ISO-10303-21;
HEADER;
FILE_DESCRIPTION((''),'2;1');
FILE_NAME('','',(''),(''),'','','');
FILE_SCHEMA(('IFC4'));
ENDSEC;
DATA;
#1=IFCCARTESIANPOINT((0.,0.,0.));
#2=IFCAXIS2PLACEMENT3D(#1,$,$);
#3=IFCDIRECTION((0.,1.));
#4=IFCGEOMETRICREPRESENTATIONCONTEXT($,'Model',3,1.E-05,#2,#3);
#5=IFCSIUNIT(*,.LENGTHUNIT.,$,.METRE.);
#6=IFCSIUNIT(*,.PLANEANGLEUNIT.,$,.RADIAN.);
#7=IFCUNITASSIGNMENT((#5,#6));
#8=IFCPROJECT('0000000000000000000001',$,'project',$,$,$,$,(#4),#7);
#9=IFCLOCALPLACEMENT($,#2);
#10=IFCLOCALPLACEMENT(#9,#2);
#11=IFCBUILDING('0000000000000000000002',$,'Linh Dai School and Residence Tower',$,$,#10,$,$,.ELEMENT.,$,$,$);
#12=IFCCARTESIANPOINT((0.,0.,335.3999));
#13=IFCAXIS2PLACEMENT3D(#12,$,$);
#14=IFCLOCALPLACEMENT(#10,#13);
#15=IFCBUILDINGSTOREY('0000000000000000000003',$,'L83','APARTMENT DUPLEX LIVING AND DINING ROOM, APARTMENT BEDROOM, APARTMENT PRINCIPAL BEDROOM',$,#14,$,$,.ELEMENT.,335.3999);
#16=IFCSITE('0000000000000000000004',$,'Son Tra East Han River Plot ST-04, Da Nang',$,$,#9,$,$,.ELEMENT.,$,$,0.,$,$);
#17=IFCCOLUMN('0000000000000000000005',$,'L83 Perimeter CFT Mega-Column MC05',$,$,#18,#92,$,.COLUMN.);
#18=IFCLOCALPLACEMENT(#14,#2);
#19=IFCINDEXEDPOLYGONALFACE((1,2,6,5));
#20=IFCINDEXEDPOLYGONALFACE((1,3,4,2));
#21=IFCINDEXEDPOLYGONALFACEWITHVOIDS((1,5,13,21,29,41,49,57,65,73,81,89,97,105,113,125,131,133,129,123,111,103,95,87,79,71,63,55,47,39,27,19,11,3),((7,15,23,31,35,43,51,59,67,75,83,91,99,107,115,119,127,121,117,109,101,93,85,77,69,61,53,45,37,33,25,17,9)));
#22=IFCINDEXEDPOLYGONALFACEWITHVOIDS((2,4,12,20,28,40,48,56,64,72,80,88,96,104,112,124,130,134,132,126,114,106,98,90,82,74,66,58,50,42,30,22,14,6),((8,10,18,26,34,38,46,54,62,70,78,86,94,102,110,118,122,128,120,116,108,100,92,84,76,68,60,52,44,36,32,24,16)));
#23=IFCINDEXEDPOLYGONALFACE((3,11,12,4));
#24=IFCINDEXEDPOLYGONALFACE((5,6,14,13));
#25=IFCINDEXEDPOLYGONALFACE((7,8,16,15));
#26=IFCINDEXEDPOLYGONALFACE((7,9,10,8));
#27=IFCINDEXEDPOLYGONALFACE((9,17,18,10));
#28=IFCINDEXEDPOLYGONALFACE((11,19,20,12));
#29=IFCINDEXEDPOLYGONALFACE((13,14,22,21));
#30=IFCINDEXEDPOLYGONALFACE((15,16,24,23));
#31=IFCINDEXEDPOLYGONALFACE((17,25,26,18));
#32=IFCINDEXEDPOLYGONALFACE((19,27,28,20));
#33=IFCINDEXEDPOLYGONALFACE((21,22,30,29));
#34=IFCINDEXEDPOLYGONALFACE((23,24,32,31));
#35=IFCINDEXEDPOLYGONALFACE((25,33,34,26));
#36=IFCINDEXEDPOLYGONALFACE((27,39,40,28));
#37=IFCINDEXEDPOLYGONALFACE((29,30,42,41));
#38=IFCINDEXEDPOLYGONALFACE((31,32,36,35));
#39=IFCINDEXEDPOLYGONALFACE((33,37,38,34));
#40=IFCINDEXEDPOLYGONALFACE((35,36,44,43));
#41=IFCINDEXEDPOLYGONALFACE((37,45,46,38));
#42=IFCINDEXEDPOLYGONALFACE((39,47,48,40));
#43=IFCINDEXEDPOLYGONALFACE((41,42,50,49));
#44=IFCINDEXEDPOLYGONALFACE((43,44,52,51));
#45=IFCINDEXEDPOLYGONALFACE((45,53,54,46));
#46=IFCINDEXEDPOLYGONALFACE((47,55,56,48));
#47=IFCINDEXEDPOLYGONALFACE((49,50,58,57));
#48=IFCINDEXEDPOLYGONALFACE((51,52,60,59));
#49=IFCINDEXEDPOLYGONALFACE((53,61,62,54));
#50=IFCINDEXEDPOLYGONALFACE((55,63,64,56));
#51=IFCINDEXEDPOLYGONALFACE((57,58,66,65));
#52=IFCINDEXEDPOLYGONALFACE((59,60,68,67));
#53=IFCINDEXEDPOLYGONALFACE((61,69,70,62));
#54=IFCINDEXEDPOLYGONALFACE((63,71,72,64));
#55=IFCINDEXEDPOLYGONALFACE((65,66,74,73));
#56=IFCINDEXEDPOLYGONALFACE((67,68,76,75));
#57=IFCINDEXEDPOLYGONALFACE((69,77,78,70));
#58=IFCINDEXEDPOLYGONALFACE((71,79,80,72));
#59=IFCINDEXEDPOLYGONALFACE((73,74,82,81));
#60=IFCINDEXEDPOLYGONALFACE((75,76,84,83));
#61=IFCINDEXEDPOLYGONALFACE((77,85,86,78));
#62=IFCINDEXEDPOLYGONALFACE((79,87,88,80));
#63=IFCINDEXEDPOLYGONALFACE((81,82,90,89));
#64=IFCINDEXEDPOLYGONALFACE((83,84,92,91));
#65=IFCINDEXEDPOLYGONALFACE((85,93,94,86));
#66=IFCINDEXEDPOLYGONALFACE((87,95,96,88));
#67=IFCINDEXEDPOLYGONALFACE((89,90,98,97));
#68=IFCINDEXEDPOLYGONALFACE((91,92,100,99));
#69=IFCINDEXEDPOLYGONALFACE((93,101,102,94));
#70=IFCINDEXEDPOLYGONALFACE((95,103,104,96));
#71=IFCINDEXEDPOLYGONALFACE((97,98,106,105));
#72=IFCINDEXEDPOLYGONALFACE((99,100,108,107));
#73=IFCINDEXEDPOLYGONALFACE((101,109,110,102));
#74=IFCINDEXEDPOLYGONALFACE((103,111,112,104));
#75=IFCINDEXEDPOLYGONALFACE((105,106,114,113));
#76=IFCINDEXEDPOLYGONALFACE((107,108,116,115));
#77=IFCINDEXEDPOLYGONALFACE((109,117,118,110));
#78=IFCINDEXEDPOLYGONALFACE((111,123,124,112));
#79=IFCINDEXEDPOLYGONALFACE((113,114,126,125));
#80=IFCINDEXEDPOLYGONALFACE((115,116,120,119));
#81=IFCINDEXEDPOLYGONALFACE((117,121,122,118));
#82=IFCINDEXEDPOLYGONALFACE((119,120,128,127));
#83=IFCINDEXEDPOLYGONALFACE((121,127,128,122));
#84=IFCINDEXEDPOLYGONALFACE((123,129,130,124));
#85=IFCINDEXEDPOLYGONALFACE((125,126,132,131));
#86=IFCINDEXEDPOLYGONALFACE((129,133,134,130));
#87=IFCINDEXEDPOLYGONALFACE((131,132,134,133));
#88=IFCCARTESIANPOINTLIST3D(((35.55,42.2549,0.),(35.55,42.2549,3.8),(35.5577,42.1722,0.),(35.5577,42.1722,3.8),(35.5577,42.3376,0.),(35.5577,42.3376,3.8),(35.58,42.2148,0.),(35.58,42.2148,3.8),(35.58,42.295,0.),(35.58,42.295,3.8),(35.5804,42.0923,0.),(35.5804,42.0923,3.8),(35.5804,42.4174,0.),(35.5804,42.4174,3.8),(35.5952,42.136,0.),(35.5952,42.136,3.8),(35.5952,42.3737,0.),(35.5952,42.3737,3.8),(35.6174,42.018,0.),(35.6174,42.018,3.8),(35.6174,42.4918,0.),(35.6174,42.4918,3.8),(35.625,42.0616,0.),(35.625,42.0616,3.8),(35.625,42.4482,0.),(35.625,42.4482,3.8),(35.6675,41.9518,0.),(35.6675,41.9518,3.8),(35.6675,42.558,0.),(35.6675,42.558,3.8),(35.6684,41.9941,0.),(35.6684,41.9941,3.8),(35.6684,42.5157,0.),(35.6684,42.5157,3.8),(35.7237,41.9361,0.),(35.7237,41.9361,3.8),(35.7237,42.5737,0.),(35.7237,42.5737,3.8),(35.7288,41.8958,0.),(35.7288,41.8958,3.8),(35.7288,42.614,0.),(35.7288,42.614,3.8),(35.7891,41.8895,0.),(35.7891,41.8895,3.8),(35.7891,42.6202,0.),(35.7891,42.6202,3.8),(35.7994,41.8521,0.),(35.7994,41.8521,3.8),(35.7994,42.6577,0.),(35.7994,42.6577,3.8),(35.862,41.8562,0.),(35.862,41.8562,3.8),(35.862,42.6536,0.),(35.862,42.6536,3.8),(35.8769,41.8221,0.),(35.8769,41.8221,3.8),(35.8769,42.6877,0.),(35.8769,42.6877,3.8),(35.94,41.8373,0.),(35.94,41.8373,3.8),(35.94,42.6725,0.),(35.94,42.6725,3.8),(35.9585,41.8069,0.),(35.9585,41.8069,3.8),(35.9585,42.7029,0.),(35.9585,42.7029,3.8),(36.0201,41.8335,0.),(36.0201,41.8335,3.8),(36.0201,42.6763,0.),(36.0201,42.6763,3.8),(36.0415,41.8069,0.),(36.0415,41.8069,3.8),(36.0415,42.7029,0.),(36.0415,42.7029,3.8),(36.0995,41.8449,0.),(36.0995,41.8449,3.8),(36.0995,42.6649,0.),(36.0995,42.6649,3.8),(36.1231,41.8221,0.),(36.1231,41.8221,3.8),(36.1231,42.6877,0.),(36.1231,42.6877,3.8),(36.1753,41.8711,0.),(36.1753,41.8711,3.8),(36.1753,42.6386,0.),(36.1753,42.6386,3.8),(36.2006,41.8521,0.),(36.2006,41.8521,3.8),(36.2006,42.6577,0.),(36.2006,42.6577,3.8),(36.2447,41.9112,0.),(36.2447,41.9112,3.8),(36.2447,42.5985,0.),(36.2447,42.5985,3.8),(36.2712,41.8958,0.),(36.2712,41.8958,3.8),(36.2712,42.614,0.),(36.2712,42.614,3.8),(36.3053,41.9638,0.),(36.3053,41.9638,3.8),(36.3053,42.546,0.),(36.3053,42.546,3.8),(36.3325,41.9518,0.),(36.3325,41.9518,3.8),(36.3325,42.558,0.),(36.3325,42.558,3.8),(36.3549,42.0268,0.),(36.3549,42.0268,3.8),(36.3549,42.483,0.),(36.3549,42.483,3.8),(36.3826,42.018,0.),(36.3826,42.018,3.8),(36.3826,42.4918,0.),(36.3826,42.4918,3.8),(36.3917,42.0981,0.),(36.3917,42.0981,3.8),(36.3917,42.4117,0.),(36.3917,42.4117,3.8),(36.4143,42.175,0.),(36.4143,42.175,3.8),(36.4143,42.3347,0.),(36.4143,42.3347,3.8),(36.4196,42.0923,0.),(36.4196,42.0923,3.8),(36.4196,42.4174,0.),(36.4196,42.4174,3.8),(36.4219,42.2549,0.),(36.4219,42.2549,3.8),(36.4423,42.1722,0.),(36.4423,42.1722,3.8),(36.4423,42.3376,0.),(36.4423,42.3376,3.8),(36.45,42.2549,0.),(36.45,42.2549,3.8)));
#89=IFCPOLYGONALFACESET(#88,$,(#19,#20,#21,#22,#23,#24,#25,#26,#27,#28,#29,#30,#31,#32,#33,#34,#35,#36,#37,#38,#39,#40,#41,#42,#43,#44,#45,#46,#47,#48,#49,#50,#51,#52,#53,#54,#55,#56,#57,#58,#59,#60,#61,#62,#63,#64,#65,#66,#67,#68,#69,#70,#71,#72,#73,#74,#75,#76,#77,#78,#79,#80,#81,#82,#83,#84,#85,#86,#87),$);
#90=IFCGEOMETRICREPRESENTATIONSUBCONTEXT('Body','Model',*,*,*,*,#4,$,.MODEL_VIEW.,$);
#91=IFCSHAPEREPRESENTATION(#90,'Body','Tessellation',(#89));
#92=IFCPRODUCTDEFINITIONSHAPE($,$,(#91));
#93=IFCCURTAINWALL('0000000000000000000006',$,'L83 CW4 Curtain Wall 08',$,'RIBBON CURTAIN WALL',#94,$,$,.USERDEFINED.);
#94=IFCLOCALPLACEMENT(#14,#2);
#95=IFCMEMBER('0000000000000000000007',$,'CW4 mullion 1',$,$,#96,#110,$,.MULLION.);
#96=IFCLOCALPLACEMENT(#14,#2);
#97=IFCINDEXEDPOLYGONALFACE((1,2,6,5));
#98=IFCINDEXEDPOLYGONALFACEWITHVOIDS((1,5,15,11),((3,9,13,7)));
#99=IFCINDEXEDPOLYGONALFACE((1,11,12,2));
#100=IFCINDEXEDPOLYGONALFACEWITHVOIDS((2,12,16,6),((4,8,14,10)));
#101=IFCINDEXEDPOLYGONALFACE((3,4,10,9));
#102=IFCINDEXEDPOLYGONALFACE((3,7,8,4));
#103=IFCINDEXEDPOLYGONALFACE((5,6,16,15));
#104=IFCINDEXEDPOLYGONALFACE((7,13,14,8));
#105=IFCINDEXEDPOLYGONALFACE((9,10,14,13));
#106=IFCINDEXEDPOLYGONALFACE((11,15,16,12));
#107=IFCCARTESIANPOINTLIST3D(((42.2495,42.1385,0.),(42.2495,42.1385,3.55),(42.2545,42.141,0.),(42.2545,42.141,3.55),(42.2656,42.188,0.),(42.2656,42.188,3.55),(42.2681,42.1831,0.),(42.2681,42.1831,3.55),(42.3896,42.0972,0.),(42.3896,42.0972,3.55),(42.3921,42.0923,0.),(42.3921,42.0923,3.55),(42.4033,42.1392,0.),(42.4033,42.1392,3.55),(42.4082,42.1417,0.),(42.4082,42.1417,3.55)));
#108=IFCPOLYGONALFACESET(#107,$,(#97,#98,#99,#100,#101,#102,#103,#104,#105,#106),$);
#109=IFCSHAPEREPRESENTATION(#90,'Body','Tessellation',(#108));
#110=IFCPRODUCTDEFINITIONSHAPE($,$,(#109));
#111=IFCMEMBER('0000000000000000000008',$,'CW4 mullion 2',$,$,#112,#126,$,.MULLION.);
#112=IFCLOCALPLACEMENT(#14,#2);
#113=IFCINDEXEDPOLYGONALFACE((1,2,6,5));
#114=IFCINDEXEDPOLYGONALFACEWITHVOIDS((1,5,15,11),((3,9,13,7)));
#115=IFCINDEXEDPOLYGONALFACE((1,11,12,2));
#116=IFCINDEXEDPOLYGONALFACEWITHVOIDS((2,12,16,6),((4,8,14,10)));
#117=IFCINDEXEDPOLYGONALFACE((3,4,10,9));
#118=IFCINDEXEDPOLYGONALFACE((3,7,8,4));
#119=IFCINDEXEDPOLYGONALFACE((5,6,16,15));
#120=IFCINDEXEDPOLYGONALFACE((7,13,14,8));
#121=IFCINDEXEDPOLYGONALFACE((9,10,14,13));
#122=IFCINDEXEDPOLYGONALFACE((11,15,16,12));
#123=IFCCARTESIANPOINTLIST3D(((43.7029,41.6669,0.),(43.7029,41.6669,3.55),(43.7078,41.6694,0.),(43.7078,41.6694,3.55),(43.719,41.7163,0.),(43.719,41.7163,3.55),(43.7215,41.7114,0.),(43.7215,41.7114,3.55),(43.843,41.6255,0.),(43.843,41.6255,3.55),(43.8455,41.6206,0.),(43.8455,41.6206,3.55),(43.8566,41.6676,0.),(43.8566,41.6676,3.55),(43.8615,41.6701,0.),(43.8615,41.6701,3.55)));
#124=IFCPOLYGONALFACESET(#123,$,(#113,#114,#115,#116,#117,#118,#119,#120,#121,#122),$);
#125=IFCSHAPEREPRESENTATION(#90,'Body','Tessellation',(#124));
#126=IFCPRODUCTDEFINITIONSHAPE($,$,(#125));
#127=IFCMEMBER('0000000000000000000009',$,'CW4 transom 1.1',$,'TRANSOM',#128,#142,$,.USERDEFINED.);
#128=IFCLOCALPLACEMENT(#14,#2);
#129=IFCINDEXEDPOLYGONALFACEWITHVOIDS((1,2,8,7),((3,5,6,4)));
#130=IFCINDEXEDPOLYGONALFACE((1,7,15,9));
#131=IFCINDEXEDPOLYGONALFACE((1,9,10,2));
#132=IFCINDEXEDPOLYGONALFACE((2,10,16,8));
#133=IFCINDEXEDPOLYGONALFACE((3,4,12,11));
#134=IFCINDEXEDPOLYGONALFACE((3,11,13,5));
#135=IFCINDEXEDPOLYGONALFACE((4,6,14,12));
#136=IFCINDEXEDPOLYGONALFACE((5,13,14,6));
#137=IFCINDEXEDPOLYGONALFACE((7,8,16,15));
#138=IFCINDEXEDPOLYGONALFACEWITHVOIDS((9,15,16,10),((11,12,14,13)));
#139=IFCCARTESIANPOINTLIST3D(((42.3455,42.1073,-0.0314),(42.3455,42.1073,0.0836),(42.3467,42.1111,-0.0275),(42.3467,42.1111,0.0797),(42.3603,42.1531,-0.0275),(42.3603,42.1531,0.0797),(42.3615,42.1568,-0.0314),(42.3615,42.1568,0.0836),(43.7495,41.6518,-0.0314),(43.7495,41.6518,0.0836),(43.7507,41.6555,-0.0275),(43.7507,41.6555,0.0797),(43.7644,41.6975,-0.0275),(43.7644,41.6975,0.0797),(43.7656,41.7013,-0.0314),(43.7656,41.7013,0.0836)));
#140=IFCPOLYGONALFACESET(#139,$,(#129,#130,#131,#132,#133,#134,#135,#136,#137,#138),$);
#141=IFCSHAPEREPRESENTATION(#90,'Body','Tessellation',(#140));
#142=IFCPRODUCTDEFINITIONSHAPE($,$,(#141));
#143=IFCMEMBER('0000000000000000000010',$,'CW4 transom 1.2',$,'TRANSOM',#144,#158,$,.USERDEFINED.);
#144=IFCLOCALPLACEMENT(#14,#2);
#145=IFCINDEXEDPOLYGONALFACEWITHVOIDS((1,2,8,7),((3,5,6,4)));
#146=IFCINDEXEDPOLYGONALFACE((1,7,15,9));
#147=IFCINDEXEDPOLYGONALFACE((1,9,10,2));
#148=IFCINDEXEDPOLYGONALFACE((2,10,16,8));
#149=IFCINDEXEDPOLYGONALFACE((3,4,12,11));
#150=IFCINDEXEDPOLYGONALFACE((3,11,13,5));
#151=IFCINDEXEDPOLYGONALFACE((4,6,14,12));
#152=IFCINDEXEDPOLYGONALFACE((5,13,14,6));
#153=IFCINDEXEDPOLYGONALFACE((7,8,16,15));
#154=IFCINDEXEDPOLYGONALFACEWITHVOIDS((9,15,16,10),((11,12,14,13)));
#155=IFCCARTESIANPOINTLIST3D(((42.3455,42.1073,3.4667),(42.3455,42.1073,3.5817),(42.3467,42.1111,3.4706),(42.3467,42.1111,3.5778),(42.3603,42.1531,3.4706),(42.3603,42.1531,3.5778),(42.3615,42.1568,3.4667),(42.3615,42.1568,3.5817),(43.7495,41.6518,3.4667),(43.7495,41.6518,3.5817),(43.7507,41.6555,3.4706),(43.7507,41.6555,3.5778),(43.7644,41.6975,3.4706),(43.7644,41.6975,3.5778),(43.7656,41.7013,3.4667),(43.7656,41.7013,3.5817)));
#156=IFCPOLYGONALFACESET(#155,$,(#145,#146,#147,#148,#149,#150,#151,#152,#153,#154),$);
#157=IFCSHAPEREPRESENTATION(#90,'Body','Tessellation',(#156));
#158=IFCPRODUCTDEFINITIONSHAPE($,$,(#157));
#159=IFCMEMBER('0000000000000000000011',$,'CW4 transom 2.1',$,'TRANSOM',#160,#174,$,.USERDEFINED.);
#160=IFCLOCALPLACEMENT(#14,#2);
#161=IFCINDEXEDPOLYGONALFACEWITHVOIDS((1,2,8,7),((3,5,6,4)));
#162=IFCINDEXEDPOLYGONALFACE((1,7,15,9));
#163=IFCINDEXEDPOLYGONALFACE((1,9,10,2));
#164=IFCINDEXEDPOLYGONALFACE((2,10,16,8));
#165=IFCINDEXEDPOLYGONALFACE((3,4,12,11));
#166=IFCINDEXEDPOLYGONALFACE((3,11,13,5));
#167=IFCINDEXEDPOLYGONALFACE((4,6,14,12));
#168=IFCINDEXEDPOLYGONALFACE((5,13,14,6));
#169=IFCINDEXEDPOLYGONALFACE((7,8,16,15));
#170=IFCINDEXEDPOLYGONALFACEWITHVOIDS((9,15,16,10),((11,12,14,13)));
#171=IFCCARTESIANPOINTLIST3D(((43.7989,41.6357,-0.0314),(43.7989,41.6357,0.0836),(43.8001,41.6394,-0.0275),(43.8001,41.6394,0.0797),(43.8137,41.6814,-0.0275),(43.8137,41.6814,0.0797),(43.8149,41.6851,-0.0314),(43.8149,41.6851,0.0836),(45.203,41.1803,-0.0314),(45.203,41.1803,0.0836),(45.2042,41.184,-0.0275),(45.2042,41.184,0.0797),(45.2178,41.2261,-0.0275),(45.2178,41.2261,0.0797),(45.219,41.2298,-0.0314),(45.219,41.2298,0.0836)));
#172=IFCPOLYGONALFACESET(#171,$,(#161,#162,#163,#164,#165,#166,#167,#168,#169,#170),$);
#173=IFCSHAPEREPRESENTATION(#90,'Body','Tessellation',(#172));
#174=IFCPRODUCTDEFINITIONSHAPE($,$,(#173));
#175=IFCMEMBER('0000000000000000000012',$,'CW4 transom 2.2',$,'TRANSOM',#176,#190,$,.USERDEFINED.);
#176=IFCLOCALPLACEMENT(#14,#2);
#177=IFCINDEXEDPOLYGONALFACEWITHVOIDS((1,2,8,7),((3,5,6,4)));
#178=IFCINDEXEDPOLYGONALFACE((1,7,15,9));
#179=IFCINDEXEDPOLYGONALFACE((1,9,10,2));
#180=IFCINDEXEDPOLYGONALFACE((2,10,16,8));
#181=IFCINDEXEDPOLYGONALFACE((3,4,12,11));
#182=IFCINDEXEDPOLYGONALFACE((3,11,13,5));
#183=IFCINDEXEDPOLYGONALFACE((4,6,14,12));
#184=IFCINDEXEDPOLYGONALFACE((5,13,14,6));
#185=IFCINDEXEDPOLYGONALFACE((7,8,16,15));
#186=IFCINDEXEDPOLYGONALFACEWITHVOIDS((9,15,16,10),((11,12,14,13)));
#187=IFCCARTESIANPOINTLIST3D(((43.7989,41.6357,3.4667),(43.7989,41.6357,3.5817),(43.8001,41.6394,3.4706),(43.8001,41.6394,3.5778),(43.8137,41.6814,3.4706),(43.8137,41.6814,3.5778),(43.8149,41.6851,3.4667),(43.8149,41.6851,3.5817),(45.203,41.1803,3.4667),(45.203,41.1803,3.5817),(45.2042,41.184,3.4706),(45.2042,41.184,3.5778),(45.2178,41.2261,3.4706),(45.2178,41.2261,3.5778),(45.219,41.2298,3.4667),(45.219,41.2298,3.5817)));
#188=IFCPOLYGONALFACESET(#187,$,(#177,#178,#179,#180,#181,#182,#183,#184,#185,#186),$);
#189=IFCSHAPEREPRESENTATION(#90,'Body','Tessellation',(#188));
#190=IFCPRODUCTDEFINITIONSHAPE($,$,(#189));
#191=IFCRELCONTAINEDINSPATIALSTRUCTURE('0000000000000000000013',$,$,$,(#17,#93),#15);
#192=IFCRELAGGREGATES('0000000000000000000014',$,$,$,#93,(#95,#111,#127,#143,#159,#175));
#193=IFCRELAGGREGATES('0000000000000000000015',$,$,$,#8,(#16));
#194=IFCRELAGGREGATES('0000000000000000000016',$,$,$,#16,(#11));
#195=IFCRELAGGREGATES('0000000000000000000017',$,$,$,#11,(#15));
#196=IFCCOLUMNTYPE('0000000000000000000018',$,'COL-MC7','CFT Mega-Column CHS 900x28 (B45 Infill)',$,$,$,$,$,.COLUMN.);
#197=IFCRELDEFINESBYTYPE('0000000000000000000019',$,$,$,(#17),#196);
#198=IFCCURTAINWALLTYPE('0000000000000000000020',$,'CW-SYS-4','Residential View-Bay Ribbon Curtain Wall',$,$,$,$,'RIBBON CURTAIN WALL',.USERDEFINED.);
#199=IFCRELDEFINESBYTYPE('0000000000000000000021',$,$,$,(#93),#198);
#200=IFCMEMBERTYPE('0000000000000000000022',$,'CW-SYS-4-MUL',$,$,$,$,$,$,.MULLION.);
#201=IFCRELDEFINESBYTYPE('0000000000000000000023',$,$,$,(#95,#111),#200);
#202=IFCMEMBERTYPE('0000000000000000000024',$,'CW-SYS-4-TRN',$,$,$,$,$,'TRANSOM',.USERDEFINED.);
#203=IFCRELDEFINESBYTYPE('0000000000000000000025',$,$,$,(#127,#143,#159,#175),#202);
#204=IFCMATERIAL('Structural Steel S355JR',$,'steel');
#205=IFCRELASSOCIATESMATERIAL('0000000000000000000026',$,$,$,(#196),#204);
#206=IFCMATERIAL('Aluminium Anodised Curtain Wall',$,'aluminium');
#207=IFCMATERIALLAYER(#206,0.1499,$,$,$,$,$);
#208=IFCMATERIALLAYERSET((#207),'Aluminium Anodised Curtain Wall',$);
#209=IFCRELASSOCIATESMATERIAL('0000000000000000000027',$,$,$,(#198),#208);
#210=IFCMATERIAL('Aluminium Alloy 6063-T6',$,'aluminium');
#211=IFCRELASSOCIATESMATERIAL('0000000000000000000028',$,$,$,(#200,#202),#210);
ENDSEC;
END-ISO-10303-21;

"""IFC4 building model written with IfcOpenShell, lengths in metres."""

from ifc_helpers import new_model, si_unit, direction, frame, origin, origin_2d, place, context, subcontext, project, spatial, hollow_rectangle, hollow_circle, extrude, source, transform, mapped, material, layer, layer_set, material_profile, profile_set, type_object, element, aggregate, save


model = new_model("IFC4")

# Units and contexts
model_context = context("Model", 3, precision=1e-05, world=origin(), true_north=direction((0.0, 1.0)))
body_context = subcontext(model_context, "Body", "Model", "MODEL_VIEW")
ifc_project = project(units=[si_unit("LENGTHUNIT", "METRE"), si_unit("PLANEANGLEUNIT", "RADIAN")], contexts=[model_context])

# Site, building, storey
site_placement = place(None, origin())
site = spatial("IfcSite", under=ifc_project, at=site_placement, Name="Son Tra East Han River Plot ST-04, Da Nang", CompositionType="ELEMENT", RefElevation=0.0)
building_placement = place(site_placement, origin())
building = spatial("IfcBuilding", under=site, at=building_placement, Name="Linh Dai School and Residence Tower", CompositionType="ELEMENT")
storey_placement = place(building_placement, frame((0.0, 0.0, 335.3999)))
storey = spatial("IfcBuildingStorey", under=building, at=storey_placement, Name="L83", Description="APARTMENT DUPLEX LIVING AND DINING ROOM, APARTMENT BEDROOM, APARTMENT PRINCIPAL BEDROOM", CompositionType="ELEMENT", Elevation=335.3999)

# Column
ifc_material_1 = material(Name="Structural Steel S355JR", Category="steel")
ifc_material_profile_1 = material_profile(ifc_material_1, hollow_circle(Radius=0.45, WallThickness=0.0281, at=origin_2d()), Name="CHS 900x28")
ifc_profile_set_1 = profile_set([ifc_material_profile_1], Name="Structural Steel S355JR")
column_type = type_object("IfcColumnType", Name="COL-MC7", Description="CFT Mega-Column CHS 900x28 (B45 Infill)", PredefinedType="COLUMN", material=ifc_profile_set_1)
column_placement = place(storey_placement, frame((36.0, 42.2549, 0.0), z_axis=(0.0, 0.0, 1.0), x_axis=(1.0, 0.0, 0.0)))
element("IfcColumn", 1, at=column_placement, inside=storey, type_object=column_type, Name="L83 Perimeter CFT Mega-Column MC05", PredefinedType="COLUMN", context=body_context, shape_type="SweptSolid", body=[
    extrude(hollow_circle(Radius=0.45, WallThickness=0.0281, at=origin_2d()), origin(), (0.0, 0.0, 1.0), 3.8),
])

# Curtain wall, members
ifc_material_2 = material(Name="Aluminium Anodised Curtain Wall", Category="aluminium")
ifc_layer_1 = layer(ifc_material_2, 0.1499)
ifc_layer_set_1 = layer_set([ifc_layer_1], Name="Aluminium Anodised Curtain Wall")
curtain_wall_type = type_object("IfcCurtainWallType", Name="CW-SYS-4", Description="Residential View-Bay Ribbon Curtain Wall", ElementType="RIBBON CURTAIN WALL", PredefinedType="USERDEFINED", material=ifc_layer_set_1)
curtain_wall_placement = place(storey_placement, origin())
curtain_wall = element("IfcCurtainWall", 2, at=curtain_wall_placement, inside=storey, type_object=curtain_wall_type, Name="L83 CW4 Curtain Wall 08", ObjectType="RIBBON CURTAIN WALL", PredefinedType="USERDEFINED")
ifc_material_3 = material(Name="Aluminium Alloy 6063-T6", Category="aluminium")
ifc_material_profile_2 = material_profile(ifc_material_3, hollow_rectangle(XDim=0.052, YDim=0.1499, WallThickness=0.0039, at=origin_2d()), Name="RHS 150x52x4")
ifc_profile_set_2 = profile_set([ifc_material_profile_2], Name="Aluminium Alloy 6063-T6")
member_type_1 = type_object("IfcMemberType", Name="CW-SYS-4-MUL", PredefinedType="MULLION", material=ifc_profile_set_2)
shared_shape_1 = source(origin(), body_context, "Body", "SweptSolid", [
    extrude(hollow_rectangle(XDim=0.052, YDim=0.1499, WallThickness=0.0039, at=origin_2d()), origin(), (0.0, 0.0, 1.0), 3.55),
])
member_1_placement = place(storey_placement, frame((42.3289, 42.1401, 0.0), z_axis=(0.0, 0.0, 1.0), x_axis=(0.308565, 0.951203, 0.0)))
member_1 = element("IfcMember", 3, at=member_1_placement, type_object=member_type_1, Name="CW4 mullion 1", PredefinedType="MULLION", context=body_context, shape_type="MappedRepresentation", body=[
    mapped(shared_shape_1, transform((0.0, 0.0, 0.0), x_axis=(1.0, 0.0, 0.0), y_axis=(0.0, 1.0, 0.0), z_axis=(0.0, 0.0, 1.0), scale=1.0)),
])
member_2_placement = place(storey_placement, frame((43.7822, 41.6685, 0.0), z_axis=(0.0, 0.0, 1.0), x_axis=(0.308565, 0.951203, 0.0)))
member_2 = element("IfcMember", 4, at=member_2_placement, type_object=member_type_1, Name="CW4 mullion 2", PredefinedType="MULLION", context=body_context, shape_type="MappedRepresentation", body=[
    mapped(shared_shape_1, transform((0.0, 0.0, 0.0), x_axis=(1.0, 0.0, 0.0), y_axis=(0.0, 1.0, 0.0), z_axis=(0.0, 0.0, 1.0), scale=1.0)),
])
ifc_material_profile_3 = material_profile(ifc_material_3, hollow_rectangle(XDim=0.052, YDim=0.115, WallThickness=0.0039, at=origin_2d()), Name="RHS 115x52x4")
ifc_profile_set_3 = profile_set([ifc_material_profile_3], Name="Aluminium Alloy 6063-T6")
member_type_2 = type_object("IfcMemberType", Name="CW-SYS-4-TRN", ElementType="TRANSOM", PredefinedType="USERDEFINED", material=ifc_profile_set_3)
shared_shape_2 = source(origin(), body_context, "Body", "SweptSolid", [
    extrude(hollow_rectangle(XDim=0.052, YDim=0.115, WallThickness=0.0039, at=origin_2d()), origin(), (0.0, 0.0, 1.0), 1.4761),
])
member_3_placement = place(storey_placement, frame((42.3535, 42.1321, 0.0261), z_axis=(0.951183, -0.308626, 0.0), x_axis=(0.308626, 0.951183, 0.0)))
member_3 = element("IfcMember", 5, at=member_3_placement, type_object=member_type_2, Name="CW4 transom 1.1", ObjectType="TRANSOM", PredefinedType="USERDEFINED", context=body_context, shape_type="MappedRepresentation", body=[
    mapped(shared_shape_2, transform((0.0, 0.0, 0.0), x_axis=(1.0, 0.0, 0.0), y_axis=(0.0, 1.0, 0.0), z_axis=(0.0, 0.0, 1.0), scale=1.0)),
])
member_4_placement = place(storey_placement, frame((42.3535, 42.1321, 3.5242), z_axis=(0.951183, -0.308626, 0.0), x_axis=(0.308626, 0.951183, 0.0)))
member_4 = element("IfcMember", 6, at=member_4_placement, type_object=member_type_2, Name="CW4 transom 1.2", ObjectType="TRANSOM", PredefinedType="USERDEFINED", context=body_context, shape_type="MappedRepresentation", body=[
    mapped(shared_shape_2, transform((0.0, 0.0, 0.0), x_axis=(1.0, 0.0, 0.0), y_axis=(0.0, 1.0, 0.0), z_axis=(0.0, 0.0, 1.0), scale=1.0)),
])
member_5_placement = place(storey_placement, frame((43.8069, 41.6604, 0.0261), z_axis=(0.951232, -0.308476, 0.0), x_axis=(0.308476, 0.951232, 0.0)))
member_5 = element("IfcMember", 7, at=member_5_placement, type_object=member_type_2, Name="CW4 transom 2.1", ObjectType="TRANSOM", PredefinedType="USERDEFINED", context=body_context, shape_type="MappedRepresentation", body=[
    mapped(shared_shape_2, transform((0.0, 0.0, 0.0), x_axis=(1.0, 0.0, 0.0), y_axis=(0.0, 1.0, 0.0), z_axis=(0.0, 0.0, 1.0), scale=1.0)),
])
member_6_placement = place(storey_placement, frame((43.8069, 41.6604, 3.5242), z_axis=(0.951232, -0.308476, 0.0), x_axis=(0.308476, 0.951232, 0.0)))
member_6 = element("IfcMember", 8, at=member_6_placement, type_object=member_type_2, Name="CW4 transom 2.2", ObjectType="TRANSOM", PredefinedType="USERDEFINED", context=body_context, shape_type="MappedRepresentation", body=[
    mapped(shared_shape_2, transform((0.0, 0.0, 0.0), x_axis=(1.0, 0.0, 0.0), y_axis=(0.0, 1.0, 0.0), z_axis=(0.0, 0.0, 1.0), scale=1.0)),
])

aggregate(curtain_wall, [member_1, member_2, member_3, member_4, member_5, member_6])

save(model, "model.ifc")
